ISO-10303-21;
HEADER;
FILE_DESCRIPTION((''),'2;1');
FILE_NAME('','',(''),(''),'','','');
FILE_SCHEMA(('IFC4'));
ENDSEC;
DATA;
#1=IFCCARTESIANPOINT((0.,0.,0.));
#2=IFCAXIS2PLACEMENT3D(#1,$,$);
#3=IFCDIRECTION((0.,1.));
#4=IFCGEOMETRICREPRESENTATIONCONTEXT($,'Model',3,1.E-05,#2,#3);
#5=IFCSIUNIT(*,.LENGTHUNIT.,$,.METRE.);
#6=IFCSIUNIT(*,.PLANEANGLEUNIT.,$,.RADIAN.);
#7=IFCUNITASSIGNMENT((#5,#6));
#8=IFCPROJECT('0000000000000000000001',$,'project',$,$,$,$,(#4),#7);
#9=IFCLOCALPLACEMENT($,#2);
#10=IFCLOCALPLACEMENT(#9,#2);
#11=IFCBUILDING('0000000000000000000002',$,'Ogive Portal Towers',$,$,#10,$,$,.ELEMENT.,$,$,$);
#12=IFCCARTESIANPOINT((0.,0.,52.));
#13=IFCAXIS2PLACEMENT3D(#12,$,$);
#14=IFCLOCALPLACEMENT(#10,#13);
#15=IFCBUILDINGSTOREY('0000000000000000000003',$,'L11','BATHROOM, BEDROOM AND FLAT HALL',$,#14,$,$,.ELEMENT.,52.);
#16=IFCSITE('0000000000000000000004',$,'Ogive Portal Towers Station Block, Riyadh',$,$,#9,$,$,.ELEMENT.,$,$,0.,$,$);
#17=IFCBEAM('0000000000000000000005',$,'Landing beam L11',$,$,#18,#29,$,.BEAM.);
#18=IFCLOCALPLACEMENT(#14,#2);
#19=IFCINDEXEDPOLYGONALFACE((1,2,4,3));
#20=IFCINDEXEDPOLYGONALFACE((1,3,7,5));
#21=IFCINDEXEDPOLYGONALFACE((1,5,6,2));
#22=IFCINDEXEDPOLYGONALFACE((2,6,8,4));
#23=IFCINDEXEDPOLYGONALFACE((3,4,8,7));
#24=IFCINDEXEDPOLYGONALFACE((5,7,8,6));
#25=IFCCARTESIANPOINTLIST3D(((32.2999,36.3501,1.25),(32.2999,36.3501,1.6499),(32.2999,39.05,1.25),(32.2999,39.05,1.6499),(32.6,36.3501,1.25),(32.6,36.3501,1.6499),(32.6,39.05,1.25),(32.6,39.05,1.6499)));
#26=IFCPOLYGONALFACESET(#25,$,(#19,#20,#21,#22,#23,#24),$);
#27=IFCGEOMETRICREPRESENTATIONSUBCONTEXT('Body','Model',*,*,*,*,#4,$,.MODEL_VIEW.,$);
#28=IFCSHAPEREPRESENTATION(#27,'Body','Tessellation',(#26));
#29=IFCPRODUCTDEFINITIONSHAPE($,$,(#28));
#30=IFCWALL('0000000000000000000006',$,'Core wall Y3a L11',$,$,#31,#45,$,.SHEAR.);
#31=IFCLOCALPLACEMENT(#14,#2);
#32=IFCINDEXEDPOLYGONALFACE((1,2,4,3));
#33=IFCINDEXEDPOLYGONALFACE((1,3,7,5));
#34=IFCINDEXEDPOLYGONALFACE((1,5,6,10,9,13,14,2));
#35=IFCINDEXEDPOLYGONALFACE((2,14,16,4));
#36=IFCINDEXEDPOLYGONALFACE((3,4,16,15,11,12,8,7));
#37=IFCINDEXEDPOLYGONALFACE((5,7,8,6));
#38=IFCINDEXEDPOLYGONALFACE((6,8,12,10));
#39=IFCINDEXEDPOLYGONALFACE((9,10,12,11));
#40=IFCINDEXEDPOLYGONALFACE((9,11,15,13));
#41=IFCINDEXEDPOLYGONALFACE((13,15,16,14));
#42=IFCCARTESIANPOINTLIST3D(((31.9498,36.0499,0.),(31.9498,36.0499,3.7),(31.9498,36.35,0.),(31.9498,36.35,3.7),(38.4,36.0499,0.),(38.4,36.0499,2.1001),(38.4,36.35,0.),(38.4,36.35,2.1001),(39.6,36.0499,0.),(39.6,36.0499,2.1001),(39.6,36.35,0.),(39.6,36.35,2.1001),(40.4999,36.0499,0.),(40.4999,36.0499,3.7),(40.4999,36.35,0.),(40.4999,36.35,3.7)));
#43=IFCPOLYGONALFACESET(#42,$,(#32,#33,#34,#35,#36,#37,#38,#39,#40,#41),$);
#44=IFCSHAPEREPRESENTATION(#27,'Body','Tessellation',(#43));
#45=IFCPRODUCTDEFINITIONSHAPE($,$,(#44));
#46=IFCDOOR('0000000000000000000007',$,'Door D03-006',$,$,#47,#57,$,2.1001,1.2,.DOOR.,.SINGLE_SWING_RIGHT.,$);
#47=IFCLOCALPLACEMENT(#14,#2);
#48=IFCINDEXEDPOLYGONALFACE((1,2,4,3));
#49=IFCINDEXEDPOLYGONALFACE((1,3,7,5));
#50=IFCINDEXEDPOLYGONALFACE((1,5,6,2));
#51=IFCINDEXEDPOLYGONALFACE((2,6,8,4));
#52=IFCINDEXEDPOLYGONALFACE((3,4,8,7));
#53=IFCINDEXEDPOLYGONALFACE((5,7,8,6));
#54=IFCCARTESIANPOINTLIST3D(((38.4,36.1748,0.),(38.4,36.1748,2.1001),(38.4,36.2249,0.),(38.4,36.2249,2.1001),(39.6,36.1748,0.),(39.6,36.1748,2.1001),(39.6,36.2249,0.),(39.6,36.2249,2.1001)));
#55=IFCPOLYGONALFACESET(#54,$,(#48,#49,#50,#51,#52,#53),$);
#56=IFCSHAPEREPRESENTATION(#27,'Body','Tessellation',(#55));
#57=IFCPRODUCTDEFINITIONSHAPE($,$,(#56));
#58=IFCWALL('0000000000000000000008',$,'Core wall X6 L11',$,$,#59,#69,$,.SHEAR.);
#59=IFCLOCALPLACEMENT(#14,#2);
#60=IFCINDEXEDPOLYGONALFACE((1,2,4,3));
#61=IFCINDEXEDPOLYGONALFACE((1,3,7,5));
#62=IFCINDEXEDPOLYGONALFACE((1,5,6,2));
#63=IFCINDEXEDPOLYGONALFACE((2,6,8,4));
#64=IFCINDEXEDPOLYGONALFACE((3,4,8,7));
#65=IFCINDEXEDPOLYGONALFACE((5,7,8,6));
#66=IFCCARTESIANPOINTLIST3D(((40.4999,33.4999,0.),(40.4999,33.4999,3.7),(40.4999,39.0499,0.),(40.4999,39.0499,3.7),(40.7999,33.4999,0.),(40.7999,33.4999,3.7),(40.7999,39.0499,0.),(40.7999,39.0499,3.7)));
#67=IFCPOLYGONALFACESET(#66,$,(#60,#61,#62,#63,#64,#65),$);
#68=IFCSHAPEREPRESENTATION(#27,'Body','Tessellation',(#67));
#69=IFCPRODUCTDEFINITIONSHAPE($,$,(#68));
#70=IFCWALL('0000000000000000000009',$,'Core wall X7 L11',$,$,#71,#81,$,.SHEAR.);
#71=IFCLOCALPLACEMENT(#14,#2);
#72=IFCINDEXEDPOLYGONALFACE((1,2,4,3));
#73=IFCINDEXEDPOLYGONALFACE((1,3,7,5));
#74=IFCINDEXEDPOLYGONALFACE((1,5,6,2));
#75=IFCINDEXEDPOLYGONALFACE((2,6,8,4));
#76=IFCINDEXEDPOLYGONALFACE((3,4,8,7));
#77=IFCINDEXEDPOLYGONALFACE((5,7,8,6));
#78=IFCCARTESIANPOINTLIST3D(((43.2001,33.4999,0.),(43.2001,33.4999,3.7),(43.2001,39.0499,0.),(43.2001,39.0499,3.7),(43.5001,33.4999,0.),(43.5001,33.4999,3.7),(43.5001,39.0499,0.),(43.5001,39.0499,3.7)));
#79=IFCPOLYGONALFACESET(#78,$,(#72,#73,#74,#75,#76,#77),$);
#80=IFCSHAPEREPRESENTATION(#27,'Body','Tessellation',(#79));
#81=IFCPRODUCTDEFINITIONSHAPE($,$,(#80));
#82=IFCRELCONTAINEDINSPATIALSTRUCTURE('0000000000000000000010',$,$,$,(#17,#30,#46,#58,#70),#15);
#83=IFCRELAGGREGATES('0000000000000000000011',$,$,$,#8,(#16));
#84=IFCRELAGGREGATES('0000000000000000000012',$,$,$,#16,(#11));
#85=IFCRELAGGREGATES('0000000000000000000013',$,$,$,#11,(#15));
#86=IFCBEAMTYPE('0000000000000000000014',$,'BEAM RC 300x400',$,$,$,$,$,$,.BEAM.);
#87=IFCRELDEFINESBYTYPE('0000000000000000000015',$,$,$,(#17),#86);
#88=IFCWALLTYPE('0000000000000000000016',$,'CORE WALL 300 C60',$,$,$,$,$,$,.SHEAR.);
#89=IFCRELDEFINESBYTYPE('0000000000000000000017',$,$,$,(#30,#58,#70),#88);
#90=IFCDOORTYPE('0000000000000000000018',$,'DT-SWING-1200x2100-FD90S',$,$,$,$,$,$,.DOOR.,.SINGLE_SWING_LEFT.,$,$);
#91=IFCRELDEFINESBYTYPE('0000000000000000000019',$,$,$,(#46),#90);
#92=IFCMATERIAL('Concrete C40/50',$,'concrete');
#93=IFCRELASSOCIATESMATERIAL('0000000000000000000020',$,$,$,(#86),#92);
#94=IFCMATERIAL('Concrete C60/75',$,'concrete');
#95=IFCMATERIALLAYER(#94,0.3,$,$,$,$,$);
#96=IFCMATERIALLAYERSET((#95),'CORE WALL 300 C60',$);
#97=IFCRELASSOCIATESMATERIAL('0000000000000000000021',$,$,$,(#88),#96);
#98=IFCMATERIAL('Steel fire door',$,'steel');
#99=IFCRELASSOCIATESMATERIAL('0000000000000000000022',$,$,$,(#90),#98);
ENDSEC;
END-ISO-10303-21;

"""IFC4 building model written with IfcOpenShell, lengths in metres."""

from ifc_helpers import new_model, si_unit, direction, frame, frame_2d, origin, origin_2d, place, context, subcontext, project, spatial, rectangle, extrude, material, layer, layer_set, material_profile, profile_set, type_object, element, fill, save


model = new_model("IFC4")

# Units and contexts
model_context = context("Model", 3, precision=1e-05, world=origin(), true_north=direction((0.0, 1.0)))
body_context = subcontext(model_context, "Body", "Model", "MODEL_VIEW")
ifc_project = project(units=[si_unit("LENGTHUNIT", "METRE"), si_unit("PLANEANGLEUNIT", "RADIAN")], contexts=[model_context])

# Site, building, storey
site_placement = place(None, origin())
site = spatial("IfcSite", under=ifc_project, at=site_placement, Name="Ogive Portal Towers Station Block, Riyadh", CompositionType="ELEMENT", RefElevation=0.0)
building_placement = place(site_placement, origin())
building = spatial("IfcBuilding", under=site, at=building_placement, Name="Ogive Portal Towers", CompositionType="ELEMENT")
storey_placement = place(building_placement, frame((0.0, 0.0, 52.0)))
storey = spatial("IfcBuildingStorey", under=building, at=storey_placement, Name="L11", Description="BATHROOM, BEDROOM AND FLAT HALL", CompositionType="ELEMENT", Elevation=52.0)

# Beam
ifc_material_1 = material(Name="Concrete C40/50", Category="concrete")
ifc_material_profile = material_profile(ifc_material_1, rectangle(XDim=0.3, YDim=0.3999, at=origin_2d()), Name="RC 300x400")
ifc_profile_set = profile_set([ifc_material_profile], Name="Concrete C40/50")
beam_type = type_object("IfcBeamType", Name="BEAM RC 300x400", PredefinedType="BEAM", material=ifc_profile_set)
beam_placement = place(storey_placement, frame((32.45, 36.3501, 1.45), z_axis=(0.0, 1.0, 0.0), x_axis=(-1.0, 0.0, 0.0)))
element("IfcBeam", 1, at=beam_placement, inside=storey, type_object=beam_type, Name="Landing beam L11", PredefinedType="BEAM", context=body_context, shape_type="SweptSolid", body=[
    extrude(rectangle(XDim=0.3, YDim=0.3999, at=origin_2d()), origin(), (0.0, 0.0, 1.0), 2.7),
])

# Wall, opening, door
ifc_material_2 = material(Name="Concrete C60/75", Category="concrete")
ifc_layer = layer(ifc_material_2, 0.3)
ifc_layer_set = layer_set([ifc_layer], Name="CORE WALL 300 C60")
wall_type = type_object("IfcWallType", Name="CORE WALL 300 C60", PredefinedType="SHEAR", material=ifc_layer_set)
wall_1_placement = place(storey_placement, frame((31.95, 36.2, 0.0), z_axis=(0.0, 0.0, 1.0), x_axis=(1.0, 0.0, 0.0)))
wall_1 = element("IfcWall", 2, at=wall_1_placement, inside=storey, type_object=wall_type, Name="Core wall Y3a L11", PredefinedType="SHEAR", context=body_context, shape_type="SweptSolid", body=[
    extrude(rectangle(XDim=8.55, YDim=0.3, at=frame_2d((4.2749, 0.0))), origin(), (0.0, 0.0, 1.0), 3.7),
])
opening_1_placement = place(wall_1_placement, frame((6.45, 0.0, 0.0)))
opening_1 = element("IfcOpeningElement", 3, at=opening_1_placement, cuts=wall_1, PredefinedType="OPENING", context=body_context, shape_type="SweptSolid", body=[
    extrude(rectangle(XDim=1.2, YDim=2.1001, at=frame_2d((0.6001, 1.05))), frame((0.0, 0.1602, 0.0), z_axis=(0.0, -1.0, 0.0), x_axis=(1.0, 0.0, 0.0)), (0.0, 0.0, 1.0), 0.3201),
])
ifc_material_3 = material(Name="Steel fire door", Category="steel")
door_type_1 = type_object("IfcDoorType", Name="DT-SWING-1200x2100-FD90S", OperationType="SINGLE_SWING_LEFT", PredefinedType="DOOR", material=ifc_material_3)
door_1_placement = place(opening_1_placement, origin())
door_1 = element("IfcDoor", 4, at=door_1_placement, inside=storey, type_object=door_type_1, Name="Door D03-006", OperationType="SINGLE_SWING_RIGHT", OverallHeight=2.1001, OverallWidth=1.2, PredefinedType="DOOR", context=body_context, shape_type="SweptSolid", body=[
    extrude(rectangle(XDim=1.2, YDim=2.1001, at=frame_2d((0.6001, 1.05))), frame((0.0, 0.0249, 0.0), z_axis=(0.0, -1.0, 0.0), x_axis=(1.0, 0.0, 0.0)), (0.0, 0.0, 1.0), 0.05),
])
fill(opening_1, door_1)

# Walls
for number, where, z_axis, x_axis, name in (
    (5, (40.6499, 33.5, 0.0), (0.0, 0.0, 1.0), (0.0, 1.0, 0.0), "Core wall X6 L11"),
    (6, (43.3501, 33.5, 0.0), (0.0, 0.0, 1.0), (0.0, 1.0, 0.0), "Core wall X7 L11"),
):
    element("IfcWall", number, at=place(storey_placement, frame(where, z_axis=z_axis, x_axis=x_axis)), inside=storey, type_object=wall_type, Name=name, PredefinedType="SHEAR", context=body_context, shape_type="SweptSolid", body=[
        extrude(rectangle(XDim=5.55, YDim=0.3, at=frame_2d((2.7749, 0.0))), origin(), (0.0, 0.0, 1.0), 3.7),
    ])

save(model, "model.ifc")
